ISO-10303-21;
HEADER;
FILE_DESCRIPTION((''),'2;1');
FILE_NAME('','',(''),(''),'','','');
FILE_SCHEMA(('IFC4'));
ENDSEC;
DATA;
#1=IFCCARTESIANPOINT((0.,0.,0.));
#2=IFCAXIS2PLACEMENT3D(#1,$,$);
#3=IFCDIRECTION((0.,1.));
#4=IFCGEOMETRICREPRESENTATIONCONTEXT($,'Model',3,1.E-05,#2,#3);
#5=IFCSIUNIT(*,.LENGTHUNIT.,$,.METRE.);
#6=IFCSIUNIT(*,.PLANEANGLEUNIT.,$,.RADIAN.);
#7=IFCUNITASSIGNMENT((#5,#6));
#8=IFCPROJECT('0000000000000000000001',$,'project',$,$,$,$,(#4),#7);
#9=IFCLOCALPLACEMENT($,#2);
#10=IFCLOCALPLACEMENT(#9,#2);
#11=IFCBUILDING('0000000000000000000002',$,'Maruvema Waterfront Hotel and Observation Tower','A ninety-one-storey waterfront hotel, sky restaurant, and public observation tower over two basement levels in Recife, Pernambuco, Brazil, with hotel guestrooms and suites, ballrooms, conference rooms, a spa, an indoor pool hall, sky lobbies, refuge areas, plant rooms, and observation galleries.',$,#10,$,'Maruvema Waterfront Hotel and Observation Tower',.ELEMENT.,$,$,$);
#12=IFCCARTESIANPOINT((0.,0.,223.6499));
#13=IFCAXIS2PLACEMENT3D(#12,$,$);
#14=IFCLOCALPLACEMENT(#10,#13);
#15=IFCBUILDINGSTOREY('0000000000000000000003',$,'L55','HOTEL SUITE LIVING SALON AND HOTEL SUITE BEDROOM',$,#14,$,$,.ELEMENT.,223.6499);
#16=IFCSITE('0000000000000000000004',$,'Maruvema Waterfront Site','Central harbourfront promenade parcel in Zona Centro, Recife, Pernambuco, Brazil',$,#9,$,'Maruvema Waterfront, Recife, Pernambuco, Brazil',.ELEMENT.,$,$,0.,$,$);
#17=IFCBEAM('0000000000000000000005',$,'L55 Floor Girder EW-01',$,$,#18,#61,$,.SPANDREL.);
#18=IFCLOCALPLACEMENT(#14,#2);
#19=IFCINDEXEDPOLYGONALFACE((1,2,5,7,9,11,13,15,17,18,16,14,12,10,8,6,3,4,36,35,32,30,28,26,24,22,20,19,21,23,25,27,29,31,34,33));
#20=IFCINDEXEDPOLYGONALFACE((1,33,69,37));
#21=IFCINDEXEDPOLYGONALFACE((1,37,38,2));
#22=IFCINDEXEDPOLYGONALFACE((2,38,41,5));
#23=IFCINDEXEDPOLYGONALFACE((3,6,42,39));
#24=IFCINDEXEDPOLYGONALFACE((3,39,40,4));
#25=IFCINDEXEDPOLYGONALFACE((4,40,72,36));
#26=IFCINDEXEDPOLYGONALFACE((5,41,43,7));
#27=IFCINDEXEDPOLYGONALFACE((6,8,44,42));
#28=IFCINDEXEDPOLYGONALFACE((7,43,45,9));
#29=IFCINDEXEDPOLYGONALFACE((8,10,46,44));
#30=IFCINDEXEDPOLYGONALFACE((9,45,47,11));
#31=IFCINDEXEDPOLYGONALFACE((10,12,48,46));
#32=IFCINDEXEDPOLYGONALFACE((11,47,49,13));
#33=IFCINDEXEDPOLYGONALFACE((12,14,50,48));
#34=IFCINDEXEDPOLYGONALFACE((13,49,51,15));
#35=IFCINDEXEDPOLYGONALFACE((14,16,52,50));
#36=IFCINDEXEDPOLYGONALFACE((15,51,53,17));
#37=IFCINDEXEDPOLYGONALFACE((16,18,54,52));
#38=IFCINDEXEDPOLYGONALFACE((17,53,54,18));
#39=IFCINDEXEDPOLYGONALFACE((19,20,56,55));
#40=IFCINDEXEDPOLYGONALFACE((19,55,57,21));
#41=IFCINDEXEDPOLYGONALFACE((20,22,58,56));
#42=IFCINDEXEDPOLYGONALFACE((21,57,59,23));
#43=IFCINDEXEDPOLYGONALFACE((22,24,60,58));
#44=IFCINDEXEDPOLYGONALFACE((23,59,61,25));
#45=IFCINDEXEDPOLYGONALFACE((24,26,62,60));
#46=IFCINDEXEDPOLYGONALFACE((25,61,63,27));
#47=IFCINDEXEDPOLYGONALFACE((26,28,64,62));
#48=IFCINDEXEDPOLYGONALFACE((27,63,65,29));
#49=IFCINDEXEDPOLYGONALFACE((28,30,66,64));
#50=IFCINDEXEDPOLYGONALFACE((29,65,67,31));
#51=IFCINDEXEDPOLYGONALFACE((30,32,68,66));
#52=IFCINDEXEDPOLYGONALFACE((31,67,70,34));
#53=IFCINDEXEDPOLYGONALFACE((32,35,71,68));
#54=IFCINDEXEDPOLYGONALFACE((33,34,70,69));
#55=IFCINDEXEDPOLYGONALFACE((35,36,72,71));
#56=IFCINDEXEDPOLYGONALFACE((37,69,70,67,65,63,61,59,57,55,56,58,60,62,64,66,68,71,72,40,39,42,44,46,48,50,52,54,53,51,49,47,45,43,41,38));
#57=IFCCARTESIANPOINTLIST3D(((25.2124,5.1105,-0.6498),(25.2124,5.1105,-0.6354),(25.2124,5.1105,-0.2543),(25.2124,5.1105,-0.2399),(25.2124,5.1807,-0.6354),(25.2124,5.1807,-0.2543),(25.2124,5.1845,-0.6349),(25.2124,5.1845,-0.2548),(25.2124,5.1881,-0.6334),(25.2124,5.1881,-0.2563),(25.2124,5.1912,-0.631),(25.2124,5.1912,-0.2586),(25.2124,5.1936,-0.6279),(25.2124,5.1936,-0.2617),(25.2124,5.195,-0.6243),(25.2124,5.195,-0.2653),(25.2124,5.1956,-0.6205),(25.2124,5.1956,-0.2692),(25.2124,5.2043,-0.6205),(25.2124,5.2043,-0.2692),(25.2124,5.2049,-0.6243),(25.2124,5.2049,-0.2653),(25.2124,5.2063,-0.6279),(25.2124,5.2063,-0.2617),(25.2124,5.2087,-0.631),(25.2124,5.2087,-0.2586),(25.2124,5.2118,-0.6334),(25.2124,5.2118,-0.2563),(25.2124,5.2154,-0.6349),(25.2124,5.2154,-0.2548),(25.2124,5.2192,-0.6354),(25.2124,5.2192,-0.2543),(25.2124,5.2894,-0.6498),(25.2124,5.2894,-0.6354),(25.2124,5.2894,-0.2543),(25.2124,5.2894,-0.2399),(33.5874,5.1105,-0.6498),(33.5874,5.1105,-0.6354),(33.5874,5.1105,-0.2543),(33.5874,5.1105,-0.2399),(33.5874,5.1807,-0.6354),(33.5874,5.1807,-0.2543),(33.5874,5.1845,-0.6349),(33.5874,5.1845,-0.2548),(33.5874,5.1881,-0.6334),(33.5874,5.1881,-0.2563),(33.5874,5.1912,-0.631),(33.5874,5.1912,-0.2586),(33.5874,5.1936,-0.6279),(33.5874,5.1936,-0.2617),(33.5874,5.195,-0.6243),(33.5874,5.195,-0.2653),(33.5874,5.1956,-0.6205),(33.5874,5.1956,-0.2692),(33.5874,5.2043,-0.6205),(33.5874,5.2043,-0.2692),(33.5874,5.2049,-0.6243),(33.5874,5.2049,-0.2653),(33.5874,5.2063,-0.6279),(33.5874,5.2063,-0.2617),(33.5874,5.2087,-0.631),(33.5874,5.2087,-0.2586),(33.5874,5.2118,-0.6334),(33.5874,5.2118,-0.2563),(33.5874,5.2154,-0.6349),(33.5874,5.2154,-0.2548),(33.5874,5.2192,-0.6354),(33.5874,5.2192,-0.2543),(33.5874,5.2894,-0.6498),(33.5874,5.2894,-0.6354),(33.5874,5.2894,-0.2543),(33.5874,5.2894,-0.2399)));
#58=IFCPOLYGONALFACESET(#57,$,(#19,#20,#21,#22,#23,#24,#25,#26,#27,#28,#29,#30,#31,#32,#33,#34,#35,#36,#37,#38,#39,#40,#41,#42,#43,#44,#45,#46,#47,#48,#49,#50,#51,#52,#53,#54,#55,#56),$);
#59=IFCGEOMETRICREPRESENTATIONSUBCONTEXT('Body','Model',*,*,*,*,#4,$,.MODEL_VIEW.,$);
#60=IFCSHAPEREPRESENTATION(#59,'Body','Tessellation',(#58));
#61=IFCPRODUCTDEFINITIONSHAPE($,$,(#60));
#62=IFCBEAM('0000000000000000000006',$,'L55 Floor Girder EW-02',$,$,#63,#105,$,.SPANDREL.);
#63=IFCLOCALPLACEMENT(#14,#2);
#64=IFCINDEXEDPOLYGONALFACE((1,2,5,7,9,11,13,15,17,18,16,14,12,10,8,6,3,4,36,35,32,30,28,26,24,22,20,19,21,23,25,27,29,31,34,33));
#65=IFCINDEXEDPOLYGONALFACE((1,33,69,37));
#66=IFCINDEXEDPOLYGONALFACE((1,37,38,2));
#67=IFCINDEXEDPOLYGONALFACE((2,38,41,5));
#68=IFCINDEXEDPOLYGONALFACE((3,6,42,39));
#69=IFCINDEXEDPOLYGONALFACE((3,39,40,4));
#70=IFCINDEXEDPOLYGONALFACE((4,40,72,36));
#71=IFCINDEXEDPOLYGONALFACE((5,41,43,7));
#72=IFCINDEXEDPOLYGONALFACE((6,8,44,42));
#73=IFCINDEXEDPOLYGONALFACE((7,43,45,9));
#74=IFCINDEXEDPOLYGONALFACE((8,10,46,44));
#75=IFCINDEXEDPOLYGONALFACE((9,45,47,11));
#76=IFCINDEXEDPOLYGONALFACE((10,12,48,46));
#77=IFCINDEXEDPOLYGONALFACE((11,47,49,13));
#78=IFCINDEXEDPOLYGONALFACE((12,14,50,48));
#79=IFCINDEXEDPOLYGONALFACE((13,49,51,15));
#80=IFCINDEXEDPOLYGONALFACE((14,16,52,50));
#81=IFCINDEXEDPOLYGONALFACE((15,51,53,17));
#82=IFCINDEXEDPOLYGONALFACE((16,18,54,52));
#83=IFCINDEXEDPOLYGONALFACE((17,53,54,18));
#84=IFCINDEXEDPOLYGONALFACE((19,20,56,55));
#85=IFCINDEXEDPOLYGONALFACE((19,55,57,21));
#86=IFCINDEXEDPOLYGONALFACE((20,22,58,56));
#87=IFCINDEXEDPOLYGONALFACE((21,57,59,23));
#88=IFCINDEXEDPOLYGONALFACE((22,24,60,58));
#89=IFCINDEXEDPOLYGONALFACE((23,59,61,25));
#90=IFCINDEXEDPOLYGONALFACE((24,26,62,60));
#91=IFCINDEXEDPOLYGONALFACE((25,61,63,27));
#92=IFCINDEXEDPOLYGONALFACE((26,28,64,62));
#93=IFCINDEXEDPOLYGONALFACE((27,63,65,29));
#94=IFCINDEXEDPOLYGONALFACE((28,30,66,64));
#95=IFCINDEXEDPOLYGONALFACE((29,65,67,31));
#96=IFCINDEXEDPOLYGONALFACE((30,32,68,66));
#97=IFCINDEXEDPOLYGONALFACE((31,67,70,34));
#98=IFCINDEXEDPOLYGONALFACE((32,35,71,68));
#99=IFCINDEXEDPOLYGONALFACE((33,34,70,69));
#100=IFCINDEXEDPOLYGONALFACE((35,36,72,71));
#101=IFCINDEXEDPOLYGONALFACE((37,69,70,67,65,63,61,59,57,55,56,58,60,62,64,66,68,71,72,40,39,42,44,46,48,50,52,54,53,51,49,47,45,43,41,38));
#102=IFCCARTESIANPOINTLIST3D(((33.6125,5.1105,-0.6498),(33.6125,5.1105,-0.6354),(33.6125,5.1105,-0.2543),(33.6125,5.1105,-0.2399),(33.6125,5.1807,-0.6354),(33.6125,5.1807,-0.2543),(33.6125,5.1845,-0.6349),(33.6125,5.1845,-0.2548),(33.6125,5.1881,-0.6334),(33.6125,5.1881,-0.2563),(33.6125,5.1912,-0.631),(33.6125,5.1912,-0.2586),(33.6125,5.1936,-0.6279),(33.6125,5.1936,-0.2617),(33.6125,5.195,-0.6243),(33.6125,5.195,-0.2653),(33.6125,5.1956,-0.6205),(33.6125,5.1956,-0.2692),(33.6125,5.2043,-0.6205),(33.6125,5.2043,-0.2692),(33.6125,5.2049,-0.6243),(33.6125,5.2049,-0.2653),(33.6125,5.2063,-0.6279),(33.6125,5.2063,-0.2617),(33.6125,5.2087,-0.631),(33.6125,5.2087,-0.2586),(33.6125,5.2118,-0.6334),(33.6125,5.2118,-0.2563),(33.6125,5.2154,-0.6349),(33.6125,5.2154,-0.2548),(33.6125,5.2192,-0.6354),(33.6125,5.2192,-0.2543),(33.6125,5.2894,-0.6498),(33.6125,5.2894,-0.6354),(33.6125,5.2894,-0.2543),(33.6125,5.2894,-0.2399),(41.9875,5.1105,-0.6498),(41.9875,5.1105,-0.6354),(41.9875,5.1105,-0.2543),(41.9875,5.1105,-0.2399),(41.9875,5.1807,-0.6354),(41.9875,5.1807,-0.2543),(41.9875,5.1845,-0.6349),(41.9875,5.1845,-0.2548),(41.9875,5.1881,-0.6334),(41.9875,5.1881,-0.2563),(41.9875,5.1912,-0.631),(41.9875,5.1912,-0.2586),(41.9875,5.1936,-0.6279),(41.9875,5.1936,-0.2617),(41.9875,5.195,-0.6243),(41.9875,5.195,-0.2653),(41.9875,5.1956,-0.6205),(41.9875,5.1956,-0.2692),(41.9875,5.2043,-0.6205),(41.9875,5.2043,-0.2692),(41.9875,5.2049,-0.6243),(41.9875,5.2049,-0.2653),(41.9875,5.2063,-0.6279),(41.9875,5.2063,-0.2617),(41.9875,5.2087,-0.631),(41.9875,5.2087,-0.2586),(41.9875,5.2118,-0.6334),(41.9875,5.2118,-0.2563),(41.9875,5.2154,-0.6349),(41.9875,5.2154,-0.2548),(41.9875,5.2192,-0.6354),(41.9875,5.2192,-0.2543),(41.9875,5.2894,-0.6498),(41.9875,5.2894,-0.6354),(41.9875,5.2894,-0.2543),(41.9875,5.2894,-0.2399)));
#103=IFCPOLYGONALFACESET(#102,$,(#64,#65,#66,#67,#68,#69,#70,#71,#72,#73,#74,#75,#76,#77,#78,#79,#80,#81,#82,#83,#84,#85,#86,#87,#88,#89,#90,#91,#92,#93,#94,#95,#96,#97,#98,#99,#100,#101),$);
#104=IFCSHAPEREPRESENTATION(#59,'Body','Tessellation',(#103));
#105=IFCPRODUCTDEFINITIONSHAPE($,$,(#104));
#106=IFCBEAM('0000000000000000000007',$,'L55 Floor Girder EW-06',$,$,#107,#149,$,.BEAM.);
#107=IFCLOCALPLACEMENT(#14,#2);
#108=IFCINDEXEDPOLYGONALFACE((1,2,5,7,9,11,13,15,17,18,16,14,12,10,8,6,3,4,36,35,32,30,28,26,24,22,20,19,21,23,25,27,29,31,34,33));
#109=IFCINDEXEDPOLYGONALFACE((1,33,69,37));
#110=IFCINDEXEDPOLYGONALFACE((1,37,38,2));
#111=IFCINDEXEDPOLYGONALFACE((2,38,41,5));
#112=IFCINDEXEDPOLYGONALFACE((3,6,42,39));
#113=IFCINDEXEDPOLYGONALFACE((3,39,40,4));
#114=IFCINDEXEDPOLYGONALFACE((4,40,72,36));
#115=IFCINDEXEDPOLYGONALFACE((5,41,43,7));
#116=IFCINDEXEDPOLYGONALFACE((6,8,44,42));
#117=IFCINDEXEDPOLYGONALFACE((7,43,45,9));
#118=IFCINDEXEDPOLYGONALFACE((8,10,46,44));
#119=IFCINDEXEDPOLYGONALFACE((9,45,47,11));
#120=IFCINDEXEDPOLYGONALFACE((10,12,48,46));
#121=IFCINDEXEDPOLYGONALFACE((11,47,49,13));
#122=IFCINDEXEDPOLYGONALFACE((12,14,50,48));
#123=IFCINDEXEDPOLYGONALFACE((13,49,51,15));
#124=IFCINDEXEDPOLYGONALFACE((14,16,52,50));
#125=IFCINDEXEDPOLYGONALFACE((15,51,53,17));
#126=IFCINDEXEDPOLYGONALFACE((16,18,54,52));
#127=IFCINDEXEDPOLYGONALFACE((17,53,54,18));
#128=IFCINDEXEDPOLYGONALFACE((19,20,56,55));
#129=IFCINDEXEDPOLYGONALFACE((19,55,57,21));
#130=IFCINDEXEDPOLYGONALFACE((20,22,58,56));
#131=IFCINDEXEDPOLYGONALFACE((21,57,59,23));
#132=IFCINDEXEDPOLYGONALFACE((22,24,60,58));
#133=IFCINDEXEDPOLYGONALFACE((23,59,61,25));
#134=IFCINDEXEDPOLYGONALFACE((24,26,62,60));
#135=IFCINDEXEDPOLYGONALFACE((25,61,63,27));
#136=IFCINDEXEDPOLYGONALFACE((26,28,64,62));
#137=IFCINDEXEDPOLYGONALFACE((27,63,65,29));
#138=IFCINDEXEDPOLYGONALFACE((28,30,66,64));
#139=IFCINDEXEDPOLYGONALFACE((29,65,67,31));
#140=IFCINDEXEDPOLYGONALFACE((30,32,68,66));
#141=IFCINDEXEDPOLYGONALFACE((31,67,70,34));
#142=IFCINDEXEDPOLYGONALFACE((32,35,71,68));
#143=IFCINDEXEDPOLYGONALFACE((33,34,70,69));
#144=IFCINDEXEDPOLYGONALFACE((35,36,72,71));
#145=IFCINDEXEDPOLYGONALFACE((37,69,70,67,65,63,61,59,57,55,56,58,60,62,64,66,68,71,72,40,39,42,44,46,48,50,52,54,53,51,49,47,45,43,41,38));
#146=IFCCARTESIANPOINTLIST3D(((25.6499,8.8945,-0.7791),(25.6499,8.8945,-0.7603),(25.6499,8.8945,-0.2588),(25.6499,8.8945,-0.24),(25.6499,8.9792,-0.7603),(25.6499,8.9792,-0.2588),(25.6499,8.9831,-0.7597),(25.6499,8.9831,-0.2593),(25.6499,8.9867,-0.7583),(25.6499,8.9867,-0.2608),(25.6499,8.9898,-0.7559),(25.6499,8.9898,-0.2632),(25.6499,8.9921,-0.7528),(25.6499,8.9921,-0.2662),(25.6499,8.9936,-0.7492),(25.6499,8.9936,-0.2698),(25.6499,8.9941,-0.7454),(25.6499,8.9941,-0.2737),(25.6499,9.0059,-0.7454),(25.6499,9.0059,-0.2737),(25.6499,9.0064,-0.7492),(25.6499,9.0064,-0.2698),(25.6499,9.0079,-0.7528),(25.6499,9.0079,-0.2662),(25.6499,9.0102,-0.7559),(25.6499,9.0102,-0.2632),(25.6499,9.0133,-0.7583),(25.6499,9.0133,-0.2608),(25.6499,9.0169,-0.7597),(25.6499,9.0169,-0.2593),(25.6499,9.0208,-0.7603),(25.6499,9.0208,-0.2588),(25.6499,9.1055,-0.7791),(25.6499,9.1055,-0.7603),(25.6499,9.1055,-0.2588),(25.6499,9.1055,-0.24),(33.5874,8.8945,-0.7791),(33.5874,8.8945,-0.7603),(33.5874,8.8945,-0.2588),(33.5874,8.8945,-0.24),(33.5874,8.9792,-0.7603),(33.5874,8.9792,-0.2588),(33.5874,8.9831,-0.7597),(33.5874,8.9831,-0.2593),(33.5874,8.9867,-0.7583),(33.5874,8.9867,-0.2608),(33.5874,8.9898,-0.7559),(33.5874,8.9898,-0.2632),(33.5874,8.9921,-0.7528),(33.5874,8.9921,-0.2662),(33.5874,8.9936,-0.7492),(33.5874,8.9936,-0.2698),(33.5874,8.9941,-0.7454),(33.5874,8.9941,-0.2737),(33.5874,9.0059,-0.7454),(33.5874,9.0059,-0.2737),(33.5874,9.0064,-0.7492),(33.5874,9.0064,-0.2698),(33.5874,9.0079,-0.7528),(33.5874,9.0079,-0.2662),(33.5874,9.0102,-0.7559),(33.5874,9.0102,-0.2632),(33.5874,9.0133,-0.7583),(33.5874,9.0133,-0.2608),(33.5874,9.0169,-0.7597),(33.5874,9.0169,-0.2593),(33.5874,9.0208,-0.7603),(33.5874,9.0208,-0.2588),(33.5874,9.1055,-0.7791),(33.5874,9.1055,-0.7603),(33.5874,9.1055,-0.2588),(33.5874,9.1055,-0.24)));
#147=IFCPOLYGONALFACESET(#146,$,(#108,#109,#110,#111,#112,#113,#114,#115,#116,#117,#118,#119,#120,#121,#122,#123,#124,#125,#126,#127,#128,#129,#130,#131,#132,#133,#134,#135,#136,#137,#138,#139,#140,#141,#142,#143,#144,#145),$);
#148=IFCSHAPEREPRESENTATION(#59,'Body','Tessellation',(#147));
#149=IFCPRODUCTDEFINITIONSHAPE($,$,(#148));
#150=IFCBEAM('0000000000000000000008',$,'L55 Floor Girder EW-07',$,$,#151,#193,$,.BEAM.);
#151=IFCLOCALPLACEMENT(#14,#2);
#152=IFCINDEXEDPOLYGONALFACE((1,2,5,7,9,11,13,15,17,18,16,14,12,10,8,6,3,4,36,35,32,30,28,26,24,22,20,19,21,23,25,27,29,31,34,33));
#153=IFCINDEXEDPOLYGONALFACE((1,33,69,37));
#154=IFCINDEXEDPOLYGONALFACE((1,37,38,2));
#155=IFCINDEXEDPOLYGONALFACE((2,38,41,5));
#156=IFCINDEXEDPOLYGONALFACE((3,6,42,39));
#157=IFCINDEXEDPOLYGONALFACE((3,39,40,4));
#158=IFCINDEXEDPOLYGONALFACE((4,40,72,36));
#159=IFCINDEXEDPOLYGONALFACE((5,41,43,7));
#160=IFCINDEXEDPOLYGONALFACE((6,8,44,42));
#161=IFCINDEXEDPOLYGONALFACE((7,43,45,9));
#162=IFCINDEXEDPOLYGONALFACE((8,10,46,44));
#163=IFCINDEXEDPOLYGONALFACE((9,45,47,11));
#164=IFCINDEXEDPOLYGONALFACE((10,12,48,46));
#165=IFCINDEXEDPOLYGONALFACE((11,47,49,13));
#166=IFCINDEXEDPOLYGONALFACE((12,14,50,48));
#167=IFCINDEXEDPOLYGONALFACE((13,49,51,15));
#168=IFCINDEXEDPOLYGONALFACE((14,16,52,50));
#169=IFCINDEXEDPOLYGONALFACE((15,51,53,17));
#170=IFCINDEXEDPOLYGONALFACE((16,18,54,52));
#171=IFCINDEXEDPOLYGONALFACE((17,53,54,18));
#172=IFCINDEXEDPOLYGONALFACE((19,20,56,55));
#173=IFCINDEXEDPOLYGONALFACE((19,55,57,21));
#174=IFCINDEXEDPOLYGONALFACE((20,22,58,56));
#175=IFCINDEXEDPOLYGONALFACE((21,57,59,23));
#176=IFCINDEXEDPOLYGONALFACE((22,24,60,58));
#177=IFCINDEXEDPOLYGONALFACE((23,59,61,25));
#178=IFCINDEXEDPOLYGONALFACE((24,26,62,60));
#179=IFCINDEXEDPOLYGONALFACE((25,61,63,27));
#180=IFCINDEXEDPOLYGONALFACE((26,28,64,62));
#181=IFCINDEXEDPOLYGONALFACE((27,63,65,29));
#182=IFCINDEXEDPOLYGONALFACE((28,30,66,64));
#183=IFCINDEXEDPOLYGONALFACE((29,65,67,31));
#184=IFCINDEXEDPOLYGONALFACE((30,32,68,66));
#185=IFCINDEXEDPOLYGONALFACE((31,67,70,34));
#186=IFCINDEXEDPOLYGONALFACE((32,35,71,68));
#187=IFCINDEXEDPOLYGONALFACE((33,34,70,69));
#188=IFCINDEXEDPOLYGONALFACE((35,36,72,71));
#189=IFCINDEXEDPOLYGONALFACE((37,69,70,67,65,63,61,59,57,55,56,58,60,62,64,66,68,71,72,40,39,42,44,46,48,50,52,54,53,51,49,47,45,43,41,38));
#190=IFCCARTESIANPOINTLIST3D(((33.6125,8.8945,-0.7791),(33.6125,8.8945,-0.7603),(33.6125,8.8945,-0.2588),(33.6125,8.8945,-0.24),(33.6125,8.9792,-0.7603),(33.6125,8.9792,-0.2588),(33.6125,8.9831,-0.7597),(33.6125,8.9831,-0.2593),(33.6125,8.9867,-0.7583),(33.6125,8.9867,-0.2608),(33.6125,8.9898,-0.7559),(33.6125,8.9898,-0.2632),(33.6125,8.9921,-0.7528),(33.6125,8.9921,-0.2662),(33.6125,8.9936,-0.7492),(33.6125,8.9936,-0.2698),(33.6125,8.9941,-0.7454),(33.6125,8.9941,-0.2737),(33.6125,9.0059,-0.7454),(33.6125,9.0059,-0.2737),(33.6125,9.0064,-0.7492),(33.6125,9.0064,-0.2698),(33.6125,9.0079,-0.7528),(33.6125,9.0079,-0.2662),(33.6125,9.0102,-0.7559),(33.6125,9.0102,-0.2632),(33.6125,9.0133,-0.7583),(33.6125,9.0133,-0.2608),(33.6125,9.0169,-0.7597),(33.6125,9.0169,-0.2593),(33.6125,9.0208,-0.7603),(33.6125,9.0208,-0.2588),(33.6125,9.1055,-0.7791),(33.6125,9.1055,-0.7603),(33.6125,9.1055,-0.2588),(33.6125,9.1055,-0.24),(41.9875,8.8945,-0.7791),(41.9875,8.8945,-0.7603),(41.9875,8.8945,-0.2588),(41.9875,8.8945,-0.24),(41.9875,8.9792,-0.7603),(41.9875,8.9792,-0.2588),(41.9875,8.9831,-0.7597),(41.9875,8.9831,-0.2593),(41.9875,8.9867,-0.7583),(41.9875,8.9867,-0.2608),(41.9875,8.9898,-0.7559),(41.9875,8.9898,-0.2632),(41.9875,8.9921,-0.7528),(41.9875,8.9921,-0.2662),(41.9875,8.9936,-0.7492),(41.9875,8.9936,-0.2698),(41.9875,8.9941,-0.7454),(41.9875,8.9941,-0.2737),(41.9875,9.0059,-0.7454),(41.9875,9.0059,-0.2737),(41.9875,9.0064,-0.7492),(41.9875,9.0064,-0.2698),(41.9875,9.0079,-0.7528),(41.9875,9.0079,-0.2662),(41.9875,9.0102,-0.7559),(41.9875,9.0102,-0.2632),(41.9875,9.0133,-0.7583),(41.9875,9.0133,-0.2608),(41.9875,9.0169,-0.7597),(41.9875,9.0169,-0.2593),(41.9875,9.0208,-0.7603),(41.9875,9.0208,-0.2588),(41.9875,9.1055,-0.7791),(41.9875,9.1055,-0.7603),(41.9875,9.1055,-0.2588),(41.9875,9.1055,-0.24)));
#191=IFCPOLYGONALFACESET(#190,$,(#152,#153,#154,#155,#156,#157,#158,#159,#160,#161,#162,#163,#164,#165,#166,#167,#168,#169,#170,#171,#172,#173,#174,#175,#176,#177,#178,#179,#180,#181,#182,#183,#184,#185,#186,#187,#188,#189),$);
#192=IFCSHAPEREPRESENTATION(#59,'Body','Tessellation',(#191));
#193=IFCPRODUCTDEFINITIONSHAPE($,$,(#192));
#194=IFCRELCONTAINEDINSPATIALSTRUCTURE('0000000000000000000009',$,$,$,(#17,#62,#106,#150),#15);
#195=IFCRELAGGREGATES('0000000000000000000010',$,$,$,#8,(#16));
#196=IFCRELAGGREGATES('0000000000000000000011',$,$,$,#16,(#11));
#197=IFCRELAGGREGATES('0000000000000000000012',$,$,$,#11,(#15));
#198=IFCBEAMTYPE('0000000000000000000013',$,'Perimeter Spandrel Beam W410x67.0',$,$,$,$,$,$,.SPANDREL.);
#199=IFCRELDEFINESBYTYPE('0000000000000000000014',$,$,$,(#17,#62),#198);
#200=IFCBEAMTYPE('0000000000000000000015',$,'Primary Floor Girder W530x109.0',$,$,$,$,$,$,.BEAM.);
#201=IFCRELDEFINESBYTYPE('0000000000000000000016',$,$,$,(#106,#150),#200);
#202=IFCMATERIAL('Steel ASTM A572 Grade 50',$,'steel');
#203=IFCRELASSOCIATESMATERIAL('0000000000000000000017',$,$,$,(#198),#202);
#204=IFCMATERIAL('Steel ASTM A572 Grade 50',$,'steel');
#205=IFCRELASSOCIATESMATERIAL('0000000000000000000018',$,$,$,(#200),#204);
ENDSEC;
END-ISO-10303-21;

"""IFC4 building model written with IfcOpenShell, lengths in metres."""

from ifc_helpers import new_model, si_unit, direction, frame, origin, origin_2d, place, context, subcontext, project, spatial, i_section, extrude, material, material_profile, profile_set, type_object, element, save


model = new_model("IFC4")

# Units and contexts
model_context = context("Model", 3, precision=1e-05, world=origin(), true_north=direction((0.0, 1.0)))
body_context = subcontext(model_context, "Body", "Model", "MODEL_VIEW")
ifc_project = project(units=[si_unit("LENGTHUNIT", "METRE"), si_unit("PLANEANGLEUNIT", "RADIAN")], contexts=[model_context])

# Site, building, storey
site_placement = place(None, origin())
site = spatial("IfcSite", under=ifc_project, at=site_placement, Name="Maruvema Waterfront Site", Description="Central harbourfront promenade parcel in Zona Centro, Recife, Pernambuco, Brazil", LongName="Maruvema Waterfront, Recife, Pernambuco, Brazil", CompositionType="ELEMENT", RefElevation=0.0)
building_placement = place(site_placement, origin())
building = spatial("IfcBuilding", under=site, at=building_placement, Name="Maruvema Waterfront Hotel and Observation Tower", Description="A ninety-one-storey waterfront hotel, sky restaurant, and public observation tower over two basement levels in Recife, Pernambuco, Brazil, with hotel guestrooms and suites, ballrooms, conference rooms, a spa, an indoor pool hall, sky lobbies, refuge areas, plant rooms, and observation galleries.", LongName="Maruvema Waterfront Hotel and Observation Tower", CompositionType="ELEMENT")
storey_placement = place(building_placement, frame((0.0, 0.0, 223.6499)))
storey = spatial("IfcBuildingStorey", under=building, at=storey_placement, Name="L55", Description="HOTEL SUITE LIVING SALON AND HOTEL SUITE BEDROOM", CompositionType="ELEMENT", Elevation=223.6499)

# Beams
ifc_material_1 = material(Name="Steel ASTM A572 Grade 50", Category="steel")
ifc_material_profile_1 = material_profile(ifc_material_1, i_section(OverallWidth=0.179, OverallDepth=0.4099, WebThickness=0.0088, FlangeThickness=0.0144, FilletRadius=0.0149, at=origin_2d()), Name="W410x67.0")
ifc_profile_set_1 = profile_set([ifc_material_profile_1], Name="Steel ASTM A572 Grade 50")
beam_type_1 = type_object("IfcBeamType", Name="Perimeter Spandrel Beam W410x67.0", PredefinedType="SPANDREL", material=ifc_profile_set_1)
for number, where, z_axis, x_axis, name in (
    (1, (25.2124, 5.2, -0.4448), (1.0, 0.0, 0.0), (0.0, 1.0, 0.0), "L55 Floor Girder EW-01"),
    (2, (33.6125, 5.2, -0.4448), (1.0, 0.0, 0.0), (0.0, 1.0, 0.0), "L55 Floor Girder EW-02"),
):
    element("IfcBeam", number, at=place(storey_placement, frame(where, z_axis=z_axis, x_axis=x_axis)), inside=storey, type_object=beam_type_1, Name=name, PredefinedType="SPANDREL", context=body_context, shape_type="SweptSolid", body=[
        extrude(i_section(OverallWidth=0.179, OverallDepth=0.4099, WebThickness=0.0088, FlangeThickness=0.0144, FilletRadius=0.0149, at=origin_2d()), origin(), (0.0, 0.0, 1.0), 8.375),
    ])
ifc_material_2 = material(Name="Steel ASTM A572 Grade 50", Category="steel")
ifc_material_profile_2 = material_profile(ifc_material_2, i_section(OverallWidth=0.2109, OverallDepth=0.5391, WebThickness=0.0117, FlangeThickness=0.0188, FilletRadius=0.0149, at=origin_2d()), Name="W530x109.0")
ifc_profile_set_2 = profile_set([ifc_material_profile_2], Name="Steel ASTM A572 Grade 50")
beam_type_2 = type_object("IfcBeamType", Name="Primary Floor Girder W530x109.0", PredefinedType="BEAM", material=ifc_profile_set_2)
beam_1_placement = place(storey_placement, frame((25.6499, 9.0, -0.5095), z_axis=(1.0, 0.0, 0.0), x_axis=(0.0, 1.0, 0.0)))
element("IfcBeam", 3, at=beam_1_placement, inside=storey, type_object=beam_type_2, Name="L55 Floor Girder EW-06", PredefinedType="BEAM", context=body_context, shape_type="SweptSolid", body=[
    extrude(i_section(OverallWidth=0.2109, OverallDepth=0.5391, WebThickness=0.0117, FlangeThickness=0.0188, FilletRadius=0.0149, at=origin_2d()), origin(), (0.0, 0.0, 1.0), 7.9375),
])
beam_2_placement = place(storey_placement, frame((33.6125, 9.0, -0.5095), z_axis=(1.0, 0.0, 0.0), x_axis=(0.0, 1.0, 0.0)))
element("IfcBeam", 4, at=beam_2_placement, inside=storey, type_object=beam_type_2, Name="L55 Floor Girder EW-07", PredefinedType="BEAM", context=body_context, shape_type="SweptSolid", body=[
    extrude(i_section(OverallWidth=0.2109, OverallDepth=0.5391, WebThickness=0.0117, FlangeThickness=0.0188, FilletRadius=0.0149, at=origin_2d()), origin(), (0.0, 0.0, 1.0), 8.375),
])

save(model, "model.ifc")
